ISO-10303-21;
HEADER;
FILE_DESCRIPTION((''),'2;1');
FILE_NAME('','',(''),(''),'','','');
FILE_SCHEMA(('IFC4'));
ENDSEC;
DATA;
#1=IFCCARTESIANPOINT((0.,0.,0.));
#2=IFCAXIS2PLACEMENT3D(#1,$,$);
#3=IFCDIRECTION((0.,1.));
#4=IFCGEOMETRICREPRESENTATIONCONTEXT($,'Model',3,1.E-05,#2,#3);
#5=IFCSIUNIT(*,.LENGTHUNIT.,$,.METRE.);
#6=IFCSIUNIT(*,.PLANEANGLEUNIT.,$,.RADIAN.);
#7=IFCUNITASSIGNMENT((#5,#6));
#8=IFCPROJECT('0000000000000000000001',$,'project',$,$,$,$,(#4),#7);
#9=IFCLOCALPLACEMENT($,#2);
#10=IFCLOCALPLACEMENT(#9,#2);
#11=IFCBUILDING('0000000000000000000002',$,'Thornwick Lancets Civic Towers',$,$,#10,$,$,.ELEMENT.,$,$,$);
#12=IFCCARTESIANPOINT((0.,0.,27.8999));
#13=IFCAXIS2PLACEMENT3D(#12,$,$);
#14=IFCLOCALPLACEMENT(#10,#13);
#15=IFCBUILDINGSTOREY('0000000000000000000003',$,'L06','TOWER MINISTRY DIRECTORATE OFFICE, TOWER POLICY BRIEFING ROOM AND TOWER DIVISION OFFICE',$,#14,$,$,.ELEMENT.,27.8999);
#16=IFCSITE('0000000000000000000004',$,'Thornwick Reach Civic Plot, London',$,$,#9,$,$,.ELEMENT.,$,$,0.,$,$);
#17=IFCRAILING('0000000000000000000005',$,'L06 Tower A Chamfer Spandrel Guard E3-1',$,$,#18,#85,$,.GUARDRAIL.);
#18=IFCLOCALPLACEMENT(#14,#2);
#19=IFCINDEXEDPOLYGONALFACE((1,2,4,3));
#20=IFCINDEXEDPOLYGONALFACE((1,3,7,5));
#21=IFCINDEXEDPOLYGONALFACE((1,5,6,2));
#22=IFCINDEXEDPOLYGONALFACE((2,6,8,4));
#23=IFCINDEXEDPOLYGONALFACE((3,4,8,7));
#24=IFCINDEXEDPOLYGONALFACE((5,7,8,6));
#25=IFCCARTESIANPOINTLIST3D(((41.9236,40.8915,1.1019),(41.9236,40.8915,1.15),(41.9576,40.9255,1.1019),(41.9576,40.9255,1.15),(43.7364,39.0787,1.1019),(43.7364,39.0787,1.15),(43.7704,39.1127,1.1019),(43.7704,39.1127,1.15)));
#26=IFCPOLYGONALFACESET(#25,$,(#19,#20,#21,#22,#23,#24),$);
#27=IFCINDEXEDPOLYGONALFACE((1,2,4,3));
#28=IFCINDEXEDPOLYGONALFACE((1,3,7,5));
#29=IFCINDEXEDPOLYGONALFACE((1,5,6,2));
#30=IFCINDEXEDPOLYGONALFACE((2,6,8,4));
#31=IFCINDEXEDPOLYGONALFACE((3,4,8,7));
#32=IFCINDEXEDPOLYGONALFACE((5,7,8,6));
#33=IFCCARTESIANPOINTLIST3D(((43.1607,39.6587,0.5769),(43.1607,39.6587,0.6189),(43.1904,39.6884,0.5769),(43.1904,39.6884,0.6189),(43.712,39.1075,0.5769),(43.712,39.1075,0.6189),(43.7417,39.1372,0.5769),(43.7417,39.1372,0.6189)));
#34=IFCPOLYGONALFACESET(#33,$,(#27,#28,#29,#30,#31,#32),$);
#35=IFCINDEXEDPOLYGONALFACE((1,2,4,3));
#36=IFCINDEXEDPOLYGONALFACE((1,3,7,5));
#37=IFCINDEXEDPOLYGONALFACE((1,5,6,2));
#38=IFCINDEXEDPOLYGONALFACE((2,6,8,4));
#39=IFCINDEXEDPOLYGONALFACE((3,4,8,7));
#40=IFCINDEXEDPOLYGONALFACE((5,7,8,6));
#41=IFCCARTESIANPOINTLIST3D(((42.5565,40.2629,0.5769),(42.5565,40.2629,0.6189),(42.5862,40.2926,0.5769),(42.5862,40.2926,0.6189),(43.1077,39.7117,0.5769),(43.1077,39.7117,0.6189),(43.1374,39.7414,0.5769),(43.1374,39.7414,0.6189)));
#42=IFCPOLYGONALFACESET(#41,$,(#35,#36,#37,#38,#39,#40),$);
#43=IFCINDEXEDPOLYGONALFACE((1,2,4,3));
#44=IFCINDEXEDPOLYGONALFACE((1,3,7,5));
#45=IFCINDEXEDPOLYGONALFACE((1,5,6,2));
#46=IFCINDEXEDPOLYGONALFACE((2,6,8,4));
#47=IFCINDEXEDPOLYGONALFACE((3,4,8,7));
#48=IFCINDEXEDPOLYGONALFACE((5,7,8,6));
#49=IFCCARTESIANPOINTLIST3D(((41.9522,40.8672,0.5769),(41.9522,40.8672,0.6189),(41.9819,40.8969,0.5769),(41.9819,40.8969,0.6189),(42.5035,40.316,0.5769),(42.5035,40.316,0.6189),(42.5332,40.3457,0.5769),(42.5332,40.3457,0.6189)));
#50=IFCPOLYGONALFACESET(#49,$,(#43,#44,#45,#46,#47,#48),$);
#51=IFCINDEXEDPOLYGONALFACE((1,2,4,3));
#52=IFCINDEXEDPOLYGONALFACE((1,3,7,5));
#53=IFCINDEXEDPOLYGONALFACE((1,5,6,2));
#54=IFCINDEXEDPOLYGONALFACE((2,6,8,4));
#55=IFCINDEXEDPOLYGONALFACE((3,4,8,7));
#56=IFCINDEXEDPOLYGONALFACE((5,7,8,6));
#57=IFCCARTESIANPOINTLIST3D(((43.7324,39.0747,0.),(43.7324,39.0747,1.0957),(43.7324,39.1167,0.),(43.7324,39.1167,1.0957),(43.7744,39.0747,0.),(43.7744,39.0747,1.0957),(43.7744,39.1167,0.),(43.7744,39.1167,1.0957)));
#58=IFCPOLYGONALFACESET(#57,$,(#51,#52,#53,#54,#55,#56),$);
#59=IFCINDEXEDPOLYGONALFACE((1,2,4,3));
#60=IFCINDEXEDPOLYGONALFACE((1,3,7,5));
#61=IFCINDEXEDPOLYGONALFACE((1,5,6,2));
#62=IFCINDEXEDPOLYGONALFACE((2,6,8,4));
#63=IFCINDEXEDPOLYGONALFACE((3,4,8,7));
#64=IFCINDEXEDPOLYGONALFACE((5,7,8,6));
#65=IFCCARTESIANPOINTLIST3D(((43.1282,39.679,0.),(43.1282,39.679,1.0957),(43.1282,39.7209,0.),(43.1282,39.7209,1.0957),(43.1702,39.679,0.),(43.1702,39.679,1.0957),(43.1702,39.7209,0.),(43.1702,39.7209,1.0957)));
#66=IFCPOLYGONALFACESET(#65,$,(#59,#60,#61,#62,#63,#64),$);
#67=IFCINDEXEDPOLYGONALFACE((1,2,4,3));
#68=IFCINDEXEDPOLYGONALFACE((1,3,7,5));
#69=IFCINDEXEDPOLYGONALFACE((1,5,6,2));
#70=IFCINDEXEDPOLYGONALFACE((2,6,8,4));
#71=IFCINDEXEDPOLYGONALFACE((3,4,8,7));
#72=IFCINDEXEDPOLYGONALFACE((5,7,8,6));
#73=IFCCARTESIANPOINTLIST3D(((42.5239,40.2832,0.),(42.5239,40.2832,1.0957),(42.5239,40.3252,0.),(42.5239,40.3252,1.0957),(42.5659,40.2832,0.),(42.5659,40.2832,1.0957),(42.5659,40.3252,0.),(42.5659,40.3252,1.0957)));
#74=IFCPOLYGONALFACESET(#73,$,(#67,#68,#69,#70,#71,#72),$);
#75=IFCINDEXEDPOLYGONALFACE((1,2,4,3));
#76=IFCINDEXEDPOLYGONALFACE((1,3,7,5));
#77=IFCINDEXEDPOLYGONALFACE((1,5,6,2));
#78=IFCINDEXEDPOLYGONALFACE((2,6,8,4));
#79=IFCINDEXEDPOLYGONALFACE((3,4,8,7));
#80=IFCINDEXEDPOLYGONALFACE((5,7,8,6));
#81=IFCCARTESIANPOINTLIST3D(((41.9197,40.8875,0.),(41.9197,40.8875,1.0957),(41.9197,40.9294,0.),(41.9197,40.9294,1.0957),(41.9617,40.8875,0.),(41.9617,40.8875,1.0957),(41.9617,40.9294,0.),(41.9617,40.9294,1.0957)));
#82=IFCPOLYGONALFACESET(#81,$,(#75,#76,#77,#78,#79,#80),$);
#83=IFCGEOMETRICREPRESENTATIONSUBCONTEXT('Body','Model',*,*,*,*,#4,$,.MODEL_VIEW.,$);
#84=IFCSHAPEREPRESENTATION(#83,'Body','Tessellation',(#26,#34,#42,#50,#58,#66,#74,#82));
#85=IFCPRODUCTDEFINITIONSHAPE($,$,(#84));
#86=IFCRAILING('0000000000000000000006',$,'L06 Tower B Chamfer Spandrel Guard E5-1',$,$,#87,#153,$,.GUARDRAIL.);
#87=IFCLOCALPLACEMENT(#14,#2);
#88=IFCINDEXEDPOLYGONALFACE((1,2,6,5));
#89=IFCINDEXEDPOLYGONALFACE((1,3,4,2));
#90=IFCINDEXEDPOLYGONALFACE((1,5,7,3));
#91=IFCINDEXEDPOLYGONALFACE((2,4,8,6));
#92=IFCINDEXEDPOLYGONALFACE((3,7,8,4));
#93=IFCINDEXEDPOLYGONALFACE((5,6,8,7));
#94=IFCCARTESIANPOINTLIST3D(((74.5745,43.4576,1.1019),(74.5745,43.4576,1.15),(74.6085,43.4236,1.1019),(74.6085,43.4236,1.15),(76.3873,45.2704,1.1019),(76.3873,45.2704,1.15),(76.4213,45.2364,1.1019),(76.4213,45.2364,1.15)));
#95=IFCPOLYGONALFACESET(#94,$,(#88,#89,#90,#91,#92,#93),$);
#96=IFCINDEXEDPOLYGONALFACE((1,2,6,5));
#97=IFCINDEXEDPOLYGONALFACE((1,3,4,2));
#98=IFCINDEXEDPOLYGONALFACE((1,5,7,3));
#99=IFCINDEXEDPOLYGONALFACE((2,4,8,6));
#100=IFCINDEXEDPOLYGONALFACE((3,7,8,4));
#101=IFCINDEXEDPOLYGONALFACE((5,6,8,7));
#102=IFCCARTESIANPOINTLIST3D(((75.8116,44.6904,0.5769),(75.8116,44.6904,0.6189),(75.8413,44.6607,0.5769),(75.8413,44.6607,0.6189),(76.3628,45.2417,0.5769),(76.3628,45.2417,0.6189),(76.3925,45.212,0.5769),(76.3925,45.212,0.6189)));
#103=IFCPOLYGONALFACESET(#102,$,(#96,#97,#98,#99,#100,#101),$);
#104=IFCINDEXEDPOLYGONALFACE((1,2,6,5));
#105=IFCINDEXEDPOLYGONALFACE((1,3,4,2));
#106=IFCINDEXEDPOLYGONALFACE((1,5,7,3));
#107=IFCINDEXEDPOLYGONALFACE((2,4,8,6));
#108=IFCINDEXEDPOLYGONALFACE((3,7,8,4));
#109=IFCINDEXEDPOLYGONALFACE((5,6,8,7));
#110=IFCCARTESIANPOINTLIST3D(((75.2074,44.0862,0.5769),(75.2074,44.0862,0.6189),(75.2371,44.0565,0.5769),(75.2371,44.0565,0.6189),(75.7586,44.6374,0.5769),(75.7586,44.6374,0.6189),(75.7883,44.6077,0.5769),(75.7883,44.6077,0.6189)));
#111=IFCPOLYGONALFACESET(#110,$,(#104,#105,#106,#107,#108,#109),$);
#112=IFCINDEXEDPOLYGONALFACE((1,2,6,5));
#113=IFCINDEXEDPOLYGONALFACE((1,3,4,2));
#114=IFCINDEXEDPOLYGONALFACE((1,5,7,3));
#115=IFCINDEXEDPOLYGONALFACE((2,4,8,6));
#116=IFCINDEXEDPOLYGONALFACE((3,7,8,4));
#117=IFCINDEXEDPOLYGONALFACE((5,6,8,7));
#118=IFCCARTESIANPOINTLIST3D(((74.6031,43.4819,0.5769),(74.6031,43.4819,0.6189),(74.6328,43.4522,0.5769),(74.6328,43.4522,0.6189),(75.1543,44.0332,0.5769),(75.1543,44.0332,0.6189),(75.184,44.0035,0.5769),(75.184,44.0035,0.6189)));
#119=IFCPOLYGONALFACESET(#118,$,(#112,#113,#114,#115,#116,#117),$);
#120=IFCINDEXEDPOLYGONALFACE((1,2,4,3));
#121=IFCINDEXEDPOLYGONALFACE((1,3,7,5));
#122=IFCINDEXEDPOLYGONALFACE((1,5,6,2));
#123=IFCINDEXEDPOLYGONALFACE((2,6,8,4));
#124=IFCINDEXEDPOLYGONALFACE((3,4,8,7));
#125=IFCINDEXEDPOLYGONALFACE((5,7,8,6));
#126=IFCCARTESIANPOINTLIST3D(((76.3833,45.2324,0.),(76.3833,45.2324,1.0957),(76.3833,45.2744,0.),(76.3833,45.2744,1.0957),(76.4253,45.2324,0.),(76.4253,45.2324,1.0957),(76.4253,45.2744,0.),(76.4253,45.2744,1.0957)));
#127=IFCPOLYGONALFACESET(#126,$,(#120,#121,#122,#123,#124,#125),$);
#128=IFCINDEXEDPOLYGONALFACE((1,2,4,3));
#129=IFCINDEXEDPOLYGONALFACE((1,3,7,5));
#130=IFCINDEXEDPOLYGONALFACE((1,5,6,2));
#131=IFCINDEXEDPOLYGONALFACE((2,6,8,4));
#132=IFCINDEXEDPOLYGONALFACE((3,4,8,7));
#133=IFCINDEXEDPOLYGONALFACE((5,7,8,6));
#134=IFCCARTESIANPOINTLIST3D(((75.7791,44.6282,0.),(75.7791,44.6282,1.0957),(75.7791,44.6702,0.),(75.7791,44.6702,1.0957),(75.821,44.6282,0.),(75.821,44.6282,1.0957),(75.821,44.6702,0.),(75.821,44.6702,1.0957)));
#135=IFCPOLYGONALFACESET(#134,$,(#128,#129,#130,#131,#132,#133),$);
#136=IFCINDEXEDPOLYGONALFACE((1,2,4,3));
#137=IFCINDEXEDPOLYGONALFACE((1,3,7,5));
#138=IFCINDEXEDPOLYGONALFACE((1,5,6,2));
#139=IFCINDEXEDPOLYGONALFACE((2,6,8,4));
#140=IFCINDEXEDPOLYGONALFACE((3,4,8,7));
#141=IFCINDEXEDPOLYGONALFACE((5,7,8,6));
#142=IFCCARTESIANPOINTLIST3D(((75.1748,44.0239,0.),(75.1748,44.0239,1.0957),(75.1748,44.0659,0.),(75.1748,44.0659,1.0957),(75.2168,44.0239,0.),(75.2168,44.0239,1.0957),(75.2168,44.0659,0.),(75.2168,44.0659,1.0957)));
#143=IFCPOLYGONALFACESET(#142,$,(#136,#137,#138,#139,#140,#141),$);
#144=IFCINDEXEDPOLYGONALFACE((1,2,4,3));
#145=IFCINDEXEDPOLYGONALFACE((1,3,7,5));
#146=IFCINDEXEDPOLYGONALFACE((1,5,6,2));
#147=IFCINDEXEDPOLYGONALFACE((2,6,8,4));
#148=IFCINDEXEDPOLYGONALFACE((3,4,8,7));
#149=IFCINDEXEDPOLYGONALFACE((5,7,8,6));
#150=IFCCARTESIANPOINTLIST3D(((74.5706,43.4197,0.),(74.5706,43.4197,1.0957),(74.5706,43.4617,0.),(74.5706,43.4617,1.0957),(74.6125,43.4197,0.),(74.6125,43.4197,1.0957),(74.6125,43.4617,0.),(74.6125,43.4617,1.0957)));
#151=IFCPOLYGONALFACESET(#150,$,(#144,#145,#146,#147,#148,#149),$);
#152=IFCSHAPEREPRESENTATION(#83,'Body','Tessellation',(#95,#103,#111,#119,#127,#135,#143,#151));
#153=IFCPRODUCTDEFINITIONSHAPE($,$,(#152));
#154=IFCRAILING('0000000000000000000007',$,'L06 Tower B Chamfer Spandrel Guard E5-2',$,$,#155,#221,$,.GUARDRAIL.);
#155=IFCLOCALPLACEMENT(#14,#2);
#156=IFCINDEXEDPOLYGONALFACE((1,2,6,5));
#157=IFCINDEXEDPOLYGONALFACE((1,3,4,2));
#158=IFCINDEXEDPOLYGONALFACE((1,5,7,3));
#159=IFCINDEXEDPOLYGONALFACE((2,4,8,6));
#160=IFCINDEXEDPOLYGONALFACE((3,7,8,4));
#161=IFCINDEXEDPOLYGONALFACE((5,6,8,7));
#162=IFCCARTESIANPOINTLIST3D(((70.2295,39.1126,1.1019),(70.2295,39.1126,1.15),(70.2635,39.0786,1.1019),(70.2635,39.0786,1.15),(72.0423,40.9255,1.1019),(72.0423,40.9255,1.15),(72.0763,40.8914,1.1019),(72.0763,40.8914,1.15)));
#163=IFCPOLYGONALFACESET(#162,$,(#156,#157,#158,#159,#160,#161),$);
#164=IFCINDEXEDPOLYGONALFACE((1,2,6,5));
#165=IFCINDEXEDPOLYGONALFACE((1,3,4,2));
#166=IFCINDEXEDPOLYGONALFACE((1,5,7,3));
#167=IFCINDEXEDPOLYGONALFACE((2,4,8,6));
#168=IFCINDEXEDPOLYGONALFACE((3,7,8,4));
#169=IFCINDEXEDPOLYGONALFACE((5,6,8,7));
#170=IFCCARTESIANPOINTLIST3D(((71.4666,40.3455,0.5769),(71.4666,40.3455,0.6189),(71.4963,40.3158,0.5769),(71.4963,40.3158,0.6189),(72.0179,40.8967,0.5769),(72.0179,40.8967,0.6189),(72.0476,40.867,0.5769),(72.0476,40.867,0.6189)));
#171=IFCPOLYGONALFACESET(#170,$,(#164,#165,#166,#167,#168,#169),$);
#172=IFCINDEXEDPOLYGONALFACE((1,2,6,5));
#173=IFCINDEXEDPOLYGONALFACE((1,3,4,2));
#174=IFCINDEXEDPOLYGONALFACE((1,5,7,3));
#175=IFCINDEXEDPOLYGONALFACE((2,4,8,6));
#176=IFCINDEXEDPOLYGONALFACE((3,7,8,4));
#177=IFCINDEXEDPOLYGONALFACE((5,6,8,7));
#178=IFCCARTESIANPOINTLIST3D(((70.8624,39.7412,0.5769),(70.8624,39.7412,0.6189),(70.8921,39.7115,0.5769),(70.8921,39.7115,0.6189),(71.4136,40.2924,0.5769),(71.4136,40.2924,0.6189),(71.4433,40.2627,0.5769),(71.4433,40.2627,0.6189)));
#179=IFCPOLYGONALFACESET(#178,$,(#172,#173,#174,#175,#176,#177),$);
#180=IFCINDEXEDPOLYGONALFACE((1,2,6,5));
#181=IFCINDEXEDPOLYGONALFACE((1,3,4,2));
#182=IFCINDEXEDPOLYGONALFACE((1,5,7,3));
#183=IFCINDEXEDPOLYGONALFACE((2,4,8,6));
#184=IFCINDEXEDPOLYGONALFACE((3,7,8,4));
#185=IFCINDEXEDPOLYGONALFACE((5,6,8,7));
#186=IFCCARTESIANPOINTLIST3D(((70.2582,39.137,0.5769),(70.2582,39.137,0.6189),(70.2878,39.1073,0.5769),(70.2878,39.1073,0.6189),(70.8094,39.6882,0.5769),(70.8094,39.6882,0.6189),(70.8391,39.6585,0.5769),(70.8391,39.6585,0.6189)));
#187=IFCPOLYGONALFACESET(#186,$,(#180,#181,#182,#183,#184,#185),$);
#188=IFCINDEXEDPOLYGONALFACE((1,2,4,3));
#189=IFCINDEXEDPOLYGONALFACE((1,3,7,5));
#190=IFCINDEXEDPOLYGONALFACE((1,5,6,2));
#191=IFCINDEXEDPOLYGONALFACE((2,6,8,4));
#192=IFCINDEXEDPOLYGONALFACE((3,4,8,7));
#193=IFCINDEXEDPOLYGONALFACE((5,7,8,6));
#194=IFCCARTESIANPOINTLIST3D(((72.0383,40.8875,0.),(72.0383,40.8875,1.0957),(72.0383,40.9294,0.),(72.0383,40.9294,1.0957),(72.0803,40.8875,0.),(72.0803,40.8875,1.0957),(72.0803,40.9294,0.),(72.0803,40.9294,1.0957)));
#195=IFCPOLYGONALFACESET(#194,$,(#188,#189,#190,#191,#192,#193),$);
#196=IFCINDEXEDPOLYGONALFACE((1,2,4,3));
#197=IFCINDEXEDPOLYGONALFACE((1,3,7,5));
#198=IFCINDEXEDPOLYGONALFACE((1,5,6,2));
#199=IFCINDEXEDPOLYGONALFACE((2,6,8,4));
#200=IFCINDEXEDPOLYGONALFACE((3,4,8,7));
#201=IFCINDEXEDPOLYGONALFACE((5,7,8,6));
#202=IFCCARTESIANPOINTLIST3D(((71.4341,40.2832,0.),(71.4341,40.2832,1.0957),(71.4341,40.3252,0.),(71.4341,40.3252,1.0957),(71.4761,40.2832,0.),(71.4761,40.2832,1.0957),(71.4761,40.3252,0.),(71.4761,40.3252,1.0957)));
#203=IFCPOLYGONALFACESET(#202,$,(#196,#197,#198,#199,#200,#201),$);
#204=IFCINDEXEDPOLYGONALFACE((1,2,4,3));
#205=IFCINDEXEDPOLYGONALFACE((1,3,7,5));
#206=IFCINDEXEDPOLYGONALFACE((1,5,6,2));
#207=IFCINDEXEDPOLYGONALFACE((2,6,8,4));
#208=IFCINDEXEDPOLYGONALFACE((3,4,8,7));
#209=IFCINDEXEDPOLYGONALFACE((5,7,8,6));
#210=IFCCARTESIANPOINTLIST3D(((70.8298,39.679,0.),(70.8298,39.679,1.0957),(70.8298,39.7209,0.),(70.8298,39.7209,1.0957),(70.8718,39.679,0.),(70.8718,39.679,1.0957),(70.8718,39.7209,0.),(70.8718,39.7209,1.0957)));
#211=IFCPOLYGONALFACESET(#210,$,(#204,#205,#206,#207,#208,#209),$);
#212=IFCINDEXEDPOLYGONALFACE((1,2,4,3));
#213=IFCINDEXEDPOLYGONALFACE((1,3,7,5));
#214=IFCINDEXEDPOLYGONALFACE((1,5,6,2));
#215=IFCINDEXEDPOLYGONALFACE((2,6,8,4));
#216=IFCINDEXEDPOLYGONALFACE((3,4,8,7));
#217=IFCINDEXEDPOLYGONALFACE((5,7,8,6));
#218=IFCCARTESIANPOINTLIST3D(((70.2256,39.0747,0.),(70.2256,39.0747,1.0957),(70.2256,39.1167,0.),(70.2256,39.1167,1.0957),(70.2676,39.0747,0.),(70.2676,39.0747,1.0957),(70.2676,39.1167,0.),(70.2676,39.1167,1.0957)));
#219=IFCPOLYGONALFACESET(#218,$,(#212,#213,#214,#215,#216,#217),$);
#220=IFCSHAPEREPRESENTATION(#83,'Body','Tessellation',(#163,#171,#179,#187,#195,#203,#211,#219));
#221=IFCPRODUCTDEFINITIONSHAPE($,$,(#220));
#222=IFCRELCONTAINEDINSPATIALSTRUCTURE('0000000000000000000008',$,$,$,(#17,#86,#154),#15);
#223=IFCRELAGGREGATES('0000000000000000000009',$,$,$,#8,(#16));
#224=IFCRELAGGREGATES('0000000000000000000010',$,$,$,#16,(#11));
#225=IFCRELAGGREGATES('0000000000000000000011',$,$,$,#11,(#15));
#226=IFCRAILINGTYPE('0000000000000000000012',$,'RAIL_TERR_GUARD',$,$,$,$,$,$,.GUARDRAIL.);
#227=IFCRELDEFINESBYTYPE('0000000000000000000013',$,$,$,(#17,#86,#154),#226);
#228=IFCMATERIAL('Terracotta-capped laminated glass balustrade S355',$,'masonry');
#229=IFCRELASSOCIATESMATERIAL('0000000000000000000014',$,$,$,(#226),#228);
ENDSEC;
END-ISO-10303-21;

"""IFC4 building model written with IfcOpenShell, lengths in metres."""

from ifc_helpers import new_model, si_unit, direction, frame, origin, origin_2d, place, context, subcontext, project, spatial, rectangle, extrude, material, type_object, element, save


model = new_model("IFC4")

# Units and contexts
model_context = context("Model", 3, precision=1e-05, world=origin(), true_north=direction((0.0, 1.0)))
body_context = subcontext(model_context, "Body", "Model", "MODEL_VIEW")
ifc_project = project(units=[si_unit("LENGTHUNIT", "METRE"), si_unit("PLANEANGLEUNIT", "RADIAN")], contexts=[model_context])

# Site, building, storey
site_placement = place(None, origin())
site = spatial("IfcSite", under=ifc_project, at=site_placement, Name="Thornwick Reach Civic Plot, London", CompositionType="ELEMENT", RefElevation=0.0)
building_placement = place(site_placement, origin())
building = spatial("IfcBuilding", under=site, at=building_placement, Name="Thornwick Lancets Civic Towers", CompositionType="ELEMENT")
storey_placement = place(building_placement, frame((0.0, 0.0, 27.8999)))
storey = spatial("IfcBuildingStorey", under=building, at=storey_placement, Name="L06", Description="TOWER MINISTRY DIRECTORATE OFFICE, TOWER POLICY BRIEFING ROOM AND TOWER DIVISION OFFICE", CompositionType="ELEMENT", Elevation=27.8999)

# Railings
ifc_material_1 = material(Name="Terracotta-capped laminated glass balustrade S355", Category="masonry")
railing_type_1 = type_object("IfcRailingType", Name="RAIL_TERR_GUARD", PredefinedType="GUARDRAIL", material=ifc_material_1)
railing_1_placement = place(storey_placement, frame((43.7534, 39.0957, 0.0)))
element("IfcRailing", 1, at=railing_1_placement, inside=storey, type_object=railing_type_1, Name="L06 Tower A Chamfer Spandrel Guard E3-1", PredefinedType="GUARDRAIL", context=body_context, shape_type="SweptSolid", body=[
    extrude(rectangle(XDim=0.0481, YDim=0.0481, at=origin_2d()), frame((0.0, 0.0, 1.126), z_axis=(-0.707107, 0.707107, 0.0), x_axis=(-0.707107, -0.707107, 0.0)), (0.0, 0.0, 1.0), 2.5637),
    extrude(rectangle(XDim=0.042, YDim=0.042, at=origin_2d()), frame((-0.0266, 0.0266, 0.5979), z_axis=(-0.707107, 0.707107, 0.0), x_axis=(-0.707107, -0.707107, 0.0)), (0.0, 0.0, 1.0), 0.7795),
    extrude(rectangle(XDim=0.042, YDim=0.042, at=origin_2d()), frame((-0.6309, 0.6309, 0.5979), z_axis=(-0.707107, 0.707107, 0.0), x_axis=(-0.707107, -0.707107, 0.0)), (0.0, 0.0, 1.0), 0.7795),
    extrude(rectangle(XDim=0.042, YDim=0.042, at=origin_2d()), frame((-1.2351, 1.2351, 0.5979), z_axis=(-0.707107, 0.707107, 0.0), x_axis=(-0.707107, -0.707107, 0.0)), (0.0, 0.0, 1.0), 0.7795),
    extrude(rectangle(XDim=0.042, YDim=0.042, at=origin_2d()), origin(), (0.0, 0.0, 1.0), 1.0957),
    extrude(rectangle(XDim=0.042, YDim=0.042, at=origin_2d()), frame((-0.6042, 0.6042, 0.0)), (0.0, 0.0, 1.0), 1.0957),
    extrude(rectangle(XDim=0.042, YDim=0.042, at=origin_2d()), frame((-1.2085, 1.2085, 0.0)), (0.0, 0.0, 1.0), 1.0957),
    extrude(rectangle(XDim=0.042, YDim=0.042, at=origin_2d()), frame((-1.8127, 1.8127, 0.0)), (0.0, 0.0, 1.0), 1.0957),
])
for number, where, name in (
    (2, (76.4043, 45.2534, 0.0), "L06 Tower B Chamfer Spandrel Guard E5-1"),
    (3, (72.0593, 40.9084, 0.0), "L06 Tower B Chamfer Spandrel Guard E5-2"),
):
    element("IfcRailing", number, at=place(storey_placement, frame(where)), inside=storey, type_object=railing_type_1, Name=name, PredefinedType="GUARDRAIL", context=body_context, shape_type="SweptSolid", body=[
        extrude(rectangle(XDim=0.0481, YDim=0.0481, at=origin_2d()), frame((0.0, 0.0, 1.126), z_axis=(-0.707107, -0.707107, 0.0), x_axis=(0.707107, -0.707107, 0.0)), (0.0, 0.0, 1.0), 2.5637),
        extrude(rectangle(XDim=0.042, YDim=0.042, at=origin_2d()), frame((-0.0266, -0.0266, 0.5979), z_axis=(-0.707107, -0.707107, 0.0), x_axis=(0.707107, -0.707107, 0.0)), (0.0, 0.0, 1.0), 0.7795),
        extrude(rectangle(XDim=0.042, YDim=0.042, at=origin_2d()), frame((-0.6309, -0.6309, 0.5979), z_axis=(-0.707107, -0.707107, 0.0), x_axis=(0.707107, -0.707107, 0.0)), (0.0, 0.0, 1.0), 0.7795),
        extrude(rectangle(XDim=0.042, YDim=0.042, at=origin_2d()), frame((-1.2351, -1.2351, 0.5979), z_axis=(-0.707107, -0.707107, 0.0), x_axis=(0.707107, -0.707107, 0.0)), (0.0, 0.0, 1.0), 0.7795),
        extrude(rectangle(XDim=0.042, YDim=0.042, at=origin_2d()), origin(), (0.0, 0.0, 1.0), 1.0957),
        extrude(rectangle(XDim=0.042, YDim=0.042, at=origin_2d()), frame((-0.6042, -0.6042, 0.0)), (0.0, 0.0, 1.0), 1.0957),
        extrude(rectangle(XDim=0.042, YDim=0.042, at=origin_2d()), frame((-1.2085, -1.2085, 0.0)), (0.0, 0.0, 1.0), 1.0957),
        extrude(rectangle(XDim=0.042, YDim=0.042, at=origin_2d()), frame((-1.8127, -1.8127, 0.0)), (0.0, 0.0, 1.0), 1.0957),
    ])

save(model, "model.ifc")
